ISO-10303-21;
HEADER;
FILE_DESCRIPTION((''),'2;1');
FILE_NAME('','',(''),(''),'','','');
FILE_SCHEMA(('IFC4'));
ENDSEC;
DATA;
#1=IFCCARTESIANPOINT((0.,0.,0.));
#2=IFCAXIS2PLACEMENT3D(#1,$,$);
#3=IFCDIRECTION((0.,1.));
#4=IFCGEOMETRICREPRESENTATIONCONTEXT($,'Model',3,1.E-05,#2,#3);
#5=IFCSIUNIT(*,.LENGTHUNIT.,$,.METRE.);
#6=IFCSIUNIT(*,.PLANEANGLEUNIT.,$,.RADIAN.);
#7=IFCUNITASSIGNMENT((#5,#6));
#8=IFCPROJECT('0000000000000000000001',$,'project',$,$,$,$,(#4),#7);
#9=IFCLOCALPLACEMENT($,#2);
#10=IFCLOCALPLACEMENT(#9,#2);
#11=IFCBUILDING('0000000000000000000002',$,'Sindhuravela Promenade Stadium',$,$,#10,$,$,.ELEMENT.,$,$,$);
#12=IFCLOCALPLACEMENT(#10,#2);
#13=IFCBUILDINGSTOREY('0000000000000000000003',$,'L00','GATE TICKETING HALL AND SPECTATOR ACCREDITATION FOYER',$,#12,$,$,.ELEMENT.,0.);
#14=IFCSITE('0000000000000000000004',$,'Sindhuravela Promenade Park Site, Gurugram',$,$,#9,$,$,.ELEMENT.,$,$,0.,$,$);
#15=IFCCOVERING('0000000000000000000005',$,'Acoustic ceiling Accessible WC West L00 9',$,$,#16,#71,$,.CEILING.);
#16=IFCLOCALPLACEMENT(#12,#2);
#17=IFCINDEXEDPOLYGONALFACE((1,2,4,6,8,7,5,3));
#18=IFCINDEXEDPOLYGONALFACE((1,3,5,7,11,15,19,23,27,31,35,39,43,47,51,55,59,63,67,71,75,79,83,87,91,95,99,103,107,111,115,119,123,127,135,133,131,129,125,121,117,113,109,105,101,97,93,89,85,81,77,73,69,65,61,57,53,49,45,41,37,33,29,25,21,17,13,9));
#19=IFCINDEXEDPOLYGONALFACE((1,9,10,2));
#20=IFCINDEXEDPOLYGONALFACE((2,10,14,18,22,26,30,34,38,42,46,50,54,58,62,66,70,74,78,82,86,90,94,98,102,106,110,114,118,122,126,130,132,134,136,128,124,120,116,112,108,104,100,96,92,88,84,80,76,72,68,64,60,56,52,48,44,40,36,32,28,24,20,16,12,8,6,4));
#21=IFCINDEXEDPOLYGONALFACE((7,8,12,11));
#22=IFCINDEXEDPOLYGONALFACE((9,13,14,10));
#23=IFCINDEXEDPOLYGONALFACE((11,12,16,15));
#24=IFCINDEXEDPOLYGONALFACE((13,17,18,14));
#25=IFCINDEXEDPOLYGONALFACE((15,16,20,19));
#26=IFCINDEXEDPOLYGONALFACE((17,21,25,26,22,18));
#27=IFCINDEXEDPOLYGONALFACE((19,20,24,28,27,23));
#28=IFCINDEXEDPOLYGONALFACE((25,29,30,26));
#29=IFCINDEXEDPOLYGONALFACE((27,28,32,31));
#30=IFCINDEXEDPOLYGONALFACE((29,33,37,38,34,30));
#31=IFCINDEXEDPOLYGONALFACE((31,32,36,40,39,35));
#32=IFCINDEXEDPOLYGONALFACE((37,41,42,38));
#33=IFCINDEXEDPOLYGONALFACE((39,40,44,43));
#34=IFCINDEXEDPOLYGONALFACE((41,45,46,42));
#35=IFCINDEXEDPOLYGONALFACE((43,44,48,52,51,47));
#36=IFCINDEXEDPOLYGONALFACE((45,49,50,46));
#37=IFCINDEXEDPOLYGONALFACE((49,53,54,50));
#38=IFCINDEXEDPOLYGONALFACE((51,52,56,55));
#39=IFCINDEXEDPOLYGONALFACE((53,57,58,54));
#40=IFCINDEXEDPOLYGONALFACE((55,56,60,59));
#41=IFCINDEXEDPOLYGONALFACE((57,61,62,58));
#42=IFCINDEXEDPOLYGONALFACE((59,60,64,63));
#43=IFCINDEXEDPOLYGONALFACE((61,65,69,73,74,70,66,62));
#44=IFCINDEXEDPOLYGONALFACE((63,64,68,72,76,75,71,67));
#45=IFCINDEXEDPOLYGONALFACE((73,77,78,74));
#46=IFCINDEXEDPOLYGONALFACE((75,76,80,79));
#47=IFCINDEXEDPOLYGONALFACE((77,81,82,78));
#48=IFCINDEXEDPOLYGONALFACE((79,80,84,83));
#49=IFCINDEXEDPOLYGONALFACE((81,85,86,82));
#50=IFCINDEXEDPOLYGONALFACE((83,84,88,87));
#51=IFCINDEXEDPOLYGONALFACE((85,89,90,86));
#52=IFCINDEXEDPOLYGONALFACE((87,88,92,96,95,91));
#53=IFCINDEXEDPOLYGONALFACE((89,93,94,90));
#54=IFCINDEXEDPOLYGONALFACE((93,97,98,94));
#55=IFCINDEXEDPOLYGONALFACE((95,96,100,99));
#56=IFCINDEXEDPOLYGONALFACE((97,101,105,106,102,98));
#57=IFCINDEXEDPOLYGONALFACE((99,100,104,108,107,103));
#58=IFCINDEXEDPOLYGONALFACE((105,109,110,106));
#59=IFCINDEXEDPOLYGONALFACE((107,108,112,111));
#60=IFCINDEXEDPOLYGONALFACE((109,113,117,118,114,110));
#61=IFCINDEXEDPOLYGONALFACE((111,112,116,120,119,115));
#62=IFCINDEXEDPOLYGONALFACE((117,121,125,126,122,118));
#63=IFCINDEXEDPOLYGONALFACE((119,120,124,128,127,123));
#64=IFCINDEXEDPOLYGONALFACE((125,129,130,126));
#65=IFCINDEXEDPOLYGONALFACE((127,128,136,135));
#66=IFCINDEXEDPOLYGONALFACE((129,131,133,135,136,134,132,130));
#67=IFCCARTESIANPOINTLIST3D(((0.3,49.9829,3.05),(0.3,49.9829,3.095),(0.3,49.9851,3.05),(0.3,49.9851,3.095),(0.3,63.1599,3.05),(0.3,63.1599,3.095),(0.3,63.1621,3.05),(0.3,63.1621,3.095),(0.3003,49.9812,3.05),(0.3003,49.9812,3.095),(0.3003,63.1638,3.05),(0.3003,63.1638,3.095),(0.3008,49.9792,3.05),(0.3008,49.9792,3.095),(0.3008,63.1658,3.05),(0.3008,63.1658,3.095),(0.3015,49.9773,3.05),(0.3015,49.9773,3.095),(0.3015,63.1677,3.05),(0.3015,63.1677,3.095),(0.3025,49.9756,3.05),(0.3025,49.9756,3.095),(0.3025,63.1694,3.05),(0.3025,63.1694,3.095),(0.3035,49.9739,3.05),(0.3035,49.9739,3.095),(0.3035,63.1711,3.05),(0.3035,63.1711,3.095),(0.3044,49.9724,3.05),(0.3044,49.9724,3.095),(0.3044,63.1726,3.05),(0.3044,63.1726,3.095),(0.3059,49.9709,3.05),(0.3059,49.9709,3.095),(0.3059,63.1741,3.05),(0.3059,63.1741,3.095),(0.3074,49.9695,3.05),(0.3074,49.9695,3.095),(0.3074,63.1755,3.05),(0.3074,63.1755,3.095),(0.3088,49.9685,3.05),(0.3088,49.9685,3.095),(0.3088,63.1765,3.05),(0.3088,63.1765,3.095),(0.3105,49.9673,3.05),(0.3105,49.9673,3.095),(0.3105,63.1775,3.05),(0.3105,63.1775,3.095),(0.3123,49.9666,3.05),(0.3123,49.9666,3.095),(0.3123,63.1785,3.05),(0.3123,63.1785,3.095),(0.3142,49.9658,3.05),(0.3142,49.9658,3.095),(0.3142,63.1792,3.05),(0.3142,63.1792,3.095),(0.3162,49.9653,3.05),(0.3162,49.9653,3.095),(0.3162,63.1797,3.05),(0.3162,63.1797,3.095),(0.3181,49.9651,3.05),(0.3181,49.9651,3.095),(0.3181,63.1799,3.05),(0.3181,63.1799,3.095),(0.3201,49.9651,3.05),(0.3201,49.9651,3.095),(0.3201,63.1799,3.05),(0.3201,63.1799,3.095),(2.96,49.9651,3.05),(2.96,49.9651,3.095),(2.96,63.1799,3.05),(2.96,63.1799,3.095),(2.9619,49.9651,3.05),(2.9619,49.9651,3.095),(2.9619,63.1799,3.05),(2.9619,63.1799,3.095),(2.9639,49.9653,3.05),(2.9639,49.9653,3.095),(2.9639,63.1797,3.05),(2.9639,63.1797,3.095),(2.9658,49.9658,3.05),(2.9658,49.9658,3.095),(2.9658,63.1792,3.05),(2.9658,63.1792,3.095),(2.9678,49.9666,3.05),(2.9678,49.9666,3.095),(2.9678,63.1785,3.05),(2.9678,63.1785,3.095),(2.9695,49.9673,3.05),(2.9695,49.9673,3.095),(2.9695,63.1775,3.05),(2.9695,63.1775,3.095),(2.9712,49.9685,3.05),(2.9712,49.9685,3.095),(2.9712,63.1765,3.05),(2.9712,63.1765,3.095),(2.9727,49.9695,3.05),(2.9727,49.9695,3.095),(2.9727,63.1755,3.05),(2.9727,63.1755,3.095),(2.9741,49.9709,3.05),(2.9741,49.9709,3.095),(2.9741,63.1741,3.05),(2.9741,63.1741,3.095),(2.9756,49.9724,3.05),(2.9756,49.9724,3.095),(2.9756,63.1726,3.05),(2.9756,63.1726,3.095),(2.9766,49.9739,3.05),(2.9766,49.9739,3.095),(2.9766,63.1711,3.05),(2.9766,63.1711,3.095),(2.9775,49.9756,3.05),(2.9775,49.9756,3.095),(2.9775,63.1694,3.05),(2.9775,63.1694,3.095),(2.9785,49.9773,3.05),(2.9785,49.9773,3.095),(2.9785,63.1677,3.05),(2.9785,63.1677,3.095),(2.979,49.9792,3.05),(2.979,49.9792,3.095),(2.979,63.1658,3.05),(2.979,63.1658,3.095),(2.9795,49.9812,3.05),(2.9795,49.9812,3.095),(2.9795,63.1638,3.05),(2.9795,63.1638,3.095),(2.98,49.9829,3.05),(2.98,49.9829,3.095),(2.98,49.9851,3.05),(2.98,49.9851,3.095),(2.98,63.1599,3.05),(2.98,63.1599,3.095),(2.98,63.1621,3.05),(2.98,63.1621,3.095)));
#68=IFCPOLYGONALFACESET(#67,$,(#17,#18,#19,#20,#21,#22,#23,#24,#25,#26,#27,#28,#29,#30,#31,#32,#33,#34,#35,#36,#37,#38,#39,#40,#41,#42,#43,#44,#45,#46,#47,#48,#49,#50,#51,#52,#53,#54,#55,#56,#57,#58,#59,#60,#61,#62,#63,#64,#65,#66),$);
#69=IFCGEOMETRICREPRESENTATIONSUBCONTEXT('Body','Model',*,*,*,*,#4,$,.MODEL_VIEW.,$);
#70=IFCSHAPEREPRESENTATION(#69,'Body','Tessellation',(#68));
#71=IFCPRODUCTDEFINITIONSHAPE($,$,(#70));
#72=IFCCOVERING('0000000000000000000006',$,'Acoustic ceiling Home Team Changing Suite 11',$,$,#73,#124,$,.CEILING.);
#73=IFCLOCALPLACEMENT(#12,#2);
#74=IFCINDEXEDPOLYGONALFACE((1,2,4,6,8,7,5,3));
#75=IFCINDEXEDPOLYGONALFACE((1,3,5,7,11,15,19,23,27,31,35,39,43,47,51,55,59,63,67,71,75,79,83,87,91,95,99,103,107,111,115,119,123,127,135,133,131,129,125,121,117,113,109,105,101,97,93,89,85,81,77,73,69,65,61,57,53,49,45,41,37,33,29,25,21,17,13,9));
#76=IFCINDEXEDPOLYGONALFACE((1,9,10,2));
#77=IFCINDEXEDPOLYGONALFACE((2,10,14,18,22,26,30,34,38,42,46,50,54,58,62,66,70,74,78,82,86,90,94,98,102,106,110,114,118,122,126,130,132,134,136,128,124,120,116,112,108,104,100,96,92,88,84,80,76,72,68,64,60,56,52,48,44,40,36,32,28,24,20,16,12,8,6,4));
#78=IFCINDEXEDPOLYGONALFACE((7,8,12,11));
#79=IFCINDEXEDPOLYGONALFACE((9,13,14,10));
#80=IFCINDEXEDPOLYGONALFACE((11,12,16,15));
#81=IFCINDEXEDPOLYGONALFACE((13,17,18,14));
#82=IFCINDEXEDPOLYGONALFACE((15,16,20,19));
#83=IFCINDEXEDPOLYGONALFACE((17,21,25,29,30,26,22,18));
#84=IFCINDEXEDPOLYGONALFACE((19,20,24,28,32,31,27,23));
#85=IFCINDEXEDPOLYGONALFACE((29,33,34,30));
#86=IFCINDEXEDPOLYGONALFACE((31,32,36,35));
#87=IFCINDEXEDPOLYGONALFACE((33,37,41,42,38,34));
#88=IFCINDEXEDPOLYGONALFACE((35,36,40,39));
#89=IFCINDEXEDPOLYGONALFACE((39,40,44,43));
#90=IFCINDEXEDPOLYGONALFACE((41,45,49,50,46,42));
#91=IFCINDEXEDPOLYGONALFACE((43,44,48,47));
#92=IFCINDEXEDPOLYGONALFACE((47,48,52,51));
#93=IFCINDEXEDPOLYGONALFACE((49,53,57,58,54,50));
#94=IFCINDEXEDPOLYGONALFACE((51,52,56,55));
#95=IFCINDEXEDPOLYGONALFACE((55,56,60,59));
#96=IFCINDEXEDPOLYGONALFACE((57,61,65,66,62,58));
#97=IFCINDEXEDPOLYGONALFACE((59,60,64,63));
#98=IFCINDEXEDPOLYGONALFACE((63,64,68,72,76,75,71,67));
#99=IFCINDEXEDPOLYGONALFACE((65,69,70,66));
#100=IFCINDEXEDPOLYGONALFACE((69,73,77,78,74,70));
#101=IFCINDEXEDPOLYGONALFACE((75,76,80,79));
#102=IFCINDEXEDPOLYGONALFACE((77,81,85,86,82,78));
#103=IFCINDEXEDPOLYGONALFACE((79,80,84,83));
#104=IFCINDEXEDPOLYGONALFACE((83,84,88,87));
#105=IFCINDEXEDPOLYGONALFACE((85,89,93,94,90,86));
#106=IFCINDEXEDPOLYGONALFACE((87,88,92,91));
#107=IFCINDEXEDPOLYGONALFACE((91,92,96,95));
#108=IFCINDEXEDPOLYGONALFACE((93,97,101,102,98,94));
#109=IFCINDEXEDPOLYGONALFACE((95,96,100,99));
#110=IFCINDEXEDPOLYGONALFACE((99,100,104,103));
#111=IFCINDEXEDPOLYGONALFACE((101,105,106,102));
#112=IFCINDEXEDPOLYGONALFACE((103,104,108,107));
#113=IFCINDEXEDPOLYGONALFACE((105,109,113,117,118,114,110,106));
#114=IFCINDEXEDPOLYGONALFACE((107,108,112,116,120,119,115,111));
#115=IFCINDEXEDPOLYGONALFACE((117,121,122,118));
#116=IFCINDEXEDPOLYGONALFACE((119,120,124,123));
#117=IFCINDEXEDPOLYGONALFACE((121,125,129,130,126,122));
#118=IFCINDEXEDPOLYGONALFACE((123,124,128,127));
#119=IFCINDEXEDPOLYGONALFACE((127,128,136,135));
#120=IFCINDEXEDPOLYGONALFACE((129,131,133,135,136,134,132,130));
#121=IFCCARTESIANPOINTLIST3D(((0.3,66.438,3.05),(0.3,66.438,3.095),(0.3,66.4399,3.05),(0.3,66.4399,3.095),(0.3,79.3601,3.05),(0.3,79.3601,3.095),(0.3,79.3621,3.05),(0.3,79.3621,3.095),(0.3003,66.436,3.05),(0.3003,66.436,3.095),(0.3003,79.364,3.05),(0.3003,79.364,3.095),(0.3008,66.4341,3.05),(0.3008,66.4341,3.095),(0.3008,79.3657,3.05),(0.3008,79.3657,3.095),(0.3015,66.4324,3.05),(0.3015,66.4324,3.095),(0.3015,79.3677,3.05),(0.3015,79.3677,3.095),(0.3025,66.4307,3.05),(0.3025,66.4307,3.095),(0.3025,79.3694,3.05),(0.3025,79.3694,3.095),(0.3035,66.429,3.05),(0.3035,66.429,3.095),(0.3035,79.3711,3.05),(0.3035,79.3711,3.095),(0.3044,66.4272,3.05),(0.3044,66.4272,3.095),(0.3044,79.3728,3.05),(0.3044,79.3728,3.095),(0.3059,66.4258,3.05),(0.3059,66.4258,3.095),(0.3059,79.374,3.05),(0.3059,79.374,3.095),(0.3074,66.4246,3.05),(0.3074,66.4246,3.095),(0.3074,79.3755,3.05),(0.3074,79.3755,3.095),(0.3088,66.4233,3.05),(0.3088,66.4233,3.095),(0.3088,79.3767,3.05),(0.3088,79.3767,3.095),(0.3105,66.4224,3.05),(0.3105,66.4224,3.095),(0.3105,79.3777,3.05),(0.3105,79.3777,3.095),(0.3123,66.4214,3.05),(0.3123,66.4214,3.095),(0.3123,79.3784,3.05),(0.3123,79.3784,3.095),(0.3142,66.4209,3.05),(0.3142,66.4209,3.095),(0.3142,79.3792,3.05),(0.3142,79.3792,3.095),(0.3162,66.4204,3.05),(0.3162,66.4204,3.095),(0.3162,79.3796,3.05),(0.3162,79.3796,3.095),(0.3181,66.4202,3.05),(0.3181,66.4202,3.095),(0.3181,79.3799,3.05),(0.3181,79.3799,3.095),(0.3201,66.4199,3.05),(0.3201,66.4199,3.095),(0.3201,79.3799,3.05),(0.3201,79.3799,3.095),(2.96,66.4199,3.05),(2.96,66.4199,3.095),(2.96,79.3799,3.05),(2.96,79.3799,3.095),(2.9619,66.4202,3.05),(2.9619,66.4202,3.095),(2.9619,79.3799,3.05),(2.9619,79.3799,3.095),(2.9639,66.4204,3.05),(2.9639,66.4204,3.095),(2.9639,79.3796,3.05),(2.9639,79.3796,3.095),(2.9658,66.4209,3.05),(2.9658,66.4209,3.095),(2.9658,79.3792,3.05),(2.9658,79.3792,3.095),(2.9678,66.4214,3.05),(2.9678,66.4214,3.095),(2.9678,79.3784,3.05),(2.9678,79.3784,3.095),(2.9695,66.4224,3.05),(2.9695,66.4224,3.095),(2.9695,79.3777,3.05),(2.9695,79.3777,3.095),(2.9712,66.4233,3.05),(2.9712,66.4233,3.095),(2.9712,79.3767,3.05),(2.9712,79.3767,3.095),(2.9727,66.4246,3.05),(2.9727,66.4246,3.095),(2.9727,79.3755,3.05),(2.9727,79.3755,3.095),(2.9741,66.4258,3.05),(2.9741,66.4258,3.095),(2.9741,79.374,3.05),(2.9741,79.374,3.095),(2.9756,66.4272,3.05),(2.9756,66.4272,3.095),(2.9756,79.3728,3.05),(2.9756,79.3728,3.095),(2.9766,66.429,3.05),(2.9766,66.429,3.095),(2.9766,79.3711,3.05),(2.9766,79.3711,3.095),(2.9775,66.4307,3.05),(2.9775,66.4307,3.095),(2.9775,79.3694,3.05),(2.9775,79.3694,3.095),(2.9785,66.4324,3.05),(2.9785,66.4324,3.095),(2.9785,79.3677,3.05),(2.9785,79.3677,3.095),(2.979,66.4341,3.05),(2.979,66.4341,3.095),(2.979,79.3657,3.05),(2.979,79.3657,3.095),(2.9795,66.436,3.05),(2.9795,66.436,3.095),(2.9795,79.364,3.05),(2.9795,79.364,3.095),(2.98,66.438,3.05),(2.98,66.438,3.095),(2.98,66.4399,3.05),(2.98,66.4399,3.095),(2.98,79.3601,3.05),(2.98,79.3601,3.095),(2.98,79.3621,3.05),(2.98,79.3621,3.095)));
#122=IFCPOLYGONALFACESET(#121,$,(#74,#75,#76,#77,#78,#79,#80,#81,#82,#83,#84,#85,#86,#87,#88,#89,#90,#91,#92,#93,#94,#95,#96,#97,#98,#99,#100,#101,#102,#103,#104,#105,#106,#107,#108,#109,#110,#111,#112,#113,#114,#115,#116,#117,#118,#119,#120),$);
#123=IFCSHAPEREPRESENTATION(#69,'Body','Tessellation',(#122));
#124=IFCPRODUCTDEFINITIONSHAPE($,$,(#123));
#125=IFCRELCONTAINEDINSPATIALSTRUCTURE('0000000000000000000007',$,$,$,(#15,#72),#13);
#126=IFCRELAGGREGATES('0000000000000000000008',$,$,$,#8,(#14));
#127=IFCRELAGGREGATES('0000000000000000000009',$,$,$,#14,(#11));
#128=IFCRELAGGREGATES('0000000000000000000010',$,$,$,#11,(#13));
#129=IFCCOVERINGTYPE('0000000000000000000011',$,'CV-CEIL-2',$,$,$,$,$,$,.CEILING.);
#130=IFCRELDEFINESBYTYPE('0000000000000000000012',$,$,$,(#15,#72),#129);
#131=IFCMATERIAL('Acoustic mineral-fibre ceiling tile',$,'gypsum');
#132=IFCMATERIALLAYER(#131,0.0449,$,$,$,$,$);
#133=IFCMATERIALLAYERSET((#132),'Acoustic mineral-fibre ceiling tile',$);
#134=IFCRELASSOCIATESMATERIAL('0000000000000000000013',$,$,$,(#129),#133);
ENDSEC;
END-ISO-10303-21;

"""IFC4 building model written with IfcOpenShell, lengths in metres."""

from ifc_helpers import new_model, si_unit, direction, frame, origin, place, context, subcontext, project, spatial, polyline, outline, extrude, material, layer, layer_set, type_object, element, save


model = new_model("IFC4")

# Units and contexts
model_context = context("Model", 3, precision=1e-05, world=origin(), true_north=direction((0.0, 1.0)))
body_context = subcontext(model_context, "Body", "Model", "MODEL_VIEW")
ifc_project = project(units=[si_unit("LENGTHUNIT", "METRE"), si_unit("PLANEANGLEUNIT", "RADIAN")], contexts=[model_context])

# Site, building, storey
site_placement = place(None, origin())
site = spatial("IfcSite", under=ifc_project, at=site_placement, Name="Sindhuravela Promenade Park Site, Gurugram", CompositionType="ELEMENT", RefElevation=0.0)
building_placement = place(site_placement, origin())
building = spatial("IfcBuilding", under=site, at=building_placement, Name="Sindhuravela Promenade Stadium", CompositionType="ELEMENT")
storey_placement = place(building_placement, origin())
storey = spatial("IfcBuildingStorey", under=building, at=storey_placement, Name="L00", Description="GATE TICKETING HALL AND SPECTATOR ACCREDITATION FOYER", CompositionType="ELEMENT", Elevation=0.0)

# Coverings
ifc_material = material(Name="Acoustic mineral-fibre ceiling tile", Category="gypsum")
ifc_layer_1 = layer(ifc_material, 0.0449)
ifc_layer_set_1 = layer_set([ifc_layer_1], Name="Acoustic mineral-fibre ceiling tile")
covering_type_1 = type_object("IfcCoveringType", Name="CV-CEIL-2", PredefinedType="CEILING", material=ifc_layer_set_1)
covering_1_placement = place(storey_placement, frame((0.0, 0.0, 3.05)))
element("IfcCovering", 1, at=covering_1_placement, inside=storey, type_object=covering_type_1, Name="Acoustic ceiling Accessible WC West L00 9", PredefinedType="CEILING", context=body_context, shape_type="SweptSolid", body=[
    extrude(outline(polyline([(2.96, 63.1799), (2.9619, 63.1799), (2.9639, 63.1797), (2.9658, 63.1792), (2.9678, 63.1785), (2.9695, 63.1775), (2.9712, 63.1765), (2.9727, 63.1755), (2.9741, 63.1741), (2.9756, 63.1726), (2.9766, 63.1711), (2.9775, 63.1694), (2.9785, 63.1677), (2.979, 63.1658), (2.9795, 63.1638), (2.98, 63.1621), (2.98, 63.1599), (2.98, 49.9851), (2.98, 49.9829), (2.9795, 49.9812), (2.979, 49.9792), (2.9785, 49.9773), (2.9775, 49.9756), (2.9766, 49.9739), (2.9756, 49.9724), (2.9741, 49.9709), (2.9727, 49.9695), (2.9712, 49.9685), (2.9695, 49.9673), (2.9678, 49.9666), (2.9658, 49.9658), (2.9639, 49.9653), (2.9619, 49.9651), (2.96, 49.9651), (0.3201, 49.9651), (0.3181, 49.9651), (0.3162, 49.9653), (0.3142, 49.9658), (0.3123, 49.9666), (0.3105, 49.9673), (0.3088, 49.9685), (0.3074, 49.9695), (0.3059, 49.9709), (0.3044, 49.9724), (0.3035, 49.9739), (0.3025, 49.9756), (0.3015, 49.9773), (0.3008, 49.9792), (0.3003, 49.9812), (0.3, 49.9829), (0.3, 49.9851), (0.3, 63.1599), (0.3, 63.1621), (0.3003, 63.1638), (0.3008, 63.1658), (0.3015, 63.1677), (0.3025, 63.1694), (0.3035, 63.1711), (0.3044, 63.1726), (0.3059, 63.1741), (0.3074, 63.1755), (0.3088, 63.1765), (0.3105, 63.1775), (0.3123, 63.1785), (0.3142, 63.1792), (0.3162, 63.1797), (0.3181, 63.1799), (0.3201, 63.1799), (2.96, 63.1799)])), origin(), (0.0, 0.0, 1.0), 0.0449),
])
covering_2_placement = place(storey_placement, frame((0.0, 0.0, 3.05)))
element("IfcCovering", 2, at=covering_2_placement, inside=storey, type_object=covering_type_1, Name="Acoustic ceiling Home Team Changing Suite 11", PredefinedType="CEILING", context=body_context, shape_type="SweptSolid", body=[
    extrude(outline(polyline([(0.3, 79.3601), (0.3, 79.3621), (0.3003, 79.364), (0.3008, 79.3657), (0.3015, 79.3677), (0.3025, 79.3694), (0.3035, 79.3711), (0.3044, 79.3728), (0.3059, 79.374), (0.3074, 79.3755), (0.3088, 79.3767), (0.3105, 79.3777), (0.3123, 79.3784), (0.3142, 79.3792), (0.3162, 79.3796), (0.3181, 79.3799), (0.3201, 79.3799), (2.96, 79.3799), (2.9619, 79.3799), (2.9639, 79.3796), (2.9658, 79.3792), (2.9678, 79.3784), (2.9695, 79.3777), (2.9712, 79.3767), (2.9727, 79.3755), (2.9741, 79.374), (2.9756, 79.3728), (2.9766, 79.3711), (2.9775, 79.3694), (2.9785, 79.3677), (2.979, 79.3657), (2.9795, 79.364), (2.98, 79.3621), (2.98, 79.3601), (2.98, 66.4399), (2.98, 66.438), (2.9795, 66.436), (2.979, 66.4341), (2.9785, 66.4324), (2.9775, 66.4307), (2.9766, 66.429), (2.9756, 66.4272), (2.9741, 66.4258), (2.9727, 66.4246), (2.9712, 66.4233), (2.9695, 66.4224), (2.9678, 66.4214), (2.9658, 66.4209), (2.9639, 66.4204), (2.9619, 66.4202), (2.96, 66.4199), (0.3201, 66.4199), (0.3181, 66.4202), (0.3162, 66.4204), (0.3142, 66.4209), (0.3123, 66.4214), (0.3105, 66.4224), (0.3088, 66.4233), (0.3074, 66.4246), (0.3059, 66.4258), (0.3044, 66.4272), (0.3035, 66.429), (0.3025, 66.4307), (0.3015, 66.4324), (0.3008, 66.4341), (0.3003, 66.436), (0.3, 66.438), (0.3, 66.4399), (0.3, 79.3601)])), origin(), (0.0, 0.0, 1.0), 0.0449),
])

save(model, "model.ifc")
